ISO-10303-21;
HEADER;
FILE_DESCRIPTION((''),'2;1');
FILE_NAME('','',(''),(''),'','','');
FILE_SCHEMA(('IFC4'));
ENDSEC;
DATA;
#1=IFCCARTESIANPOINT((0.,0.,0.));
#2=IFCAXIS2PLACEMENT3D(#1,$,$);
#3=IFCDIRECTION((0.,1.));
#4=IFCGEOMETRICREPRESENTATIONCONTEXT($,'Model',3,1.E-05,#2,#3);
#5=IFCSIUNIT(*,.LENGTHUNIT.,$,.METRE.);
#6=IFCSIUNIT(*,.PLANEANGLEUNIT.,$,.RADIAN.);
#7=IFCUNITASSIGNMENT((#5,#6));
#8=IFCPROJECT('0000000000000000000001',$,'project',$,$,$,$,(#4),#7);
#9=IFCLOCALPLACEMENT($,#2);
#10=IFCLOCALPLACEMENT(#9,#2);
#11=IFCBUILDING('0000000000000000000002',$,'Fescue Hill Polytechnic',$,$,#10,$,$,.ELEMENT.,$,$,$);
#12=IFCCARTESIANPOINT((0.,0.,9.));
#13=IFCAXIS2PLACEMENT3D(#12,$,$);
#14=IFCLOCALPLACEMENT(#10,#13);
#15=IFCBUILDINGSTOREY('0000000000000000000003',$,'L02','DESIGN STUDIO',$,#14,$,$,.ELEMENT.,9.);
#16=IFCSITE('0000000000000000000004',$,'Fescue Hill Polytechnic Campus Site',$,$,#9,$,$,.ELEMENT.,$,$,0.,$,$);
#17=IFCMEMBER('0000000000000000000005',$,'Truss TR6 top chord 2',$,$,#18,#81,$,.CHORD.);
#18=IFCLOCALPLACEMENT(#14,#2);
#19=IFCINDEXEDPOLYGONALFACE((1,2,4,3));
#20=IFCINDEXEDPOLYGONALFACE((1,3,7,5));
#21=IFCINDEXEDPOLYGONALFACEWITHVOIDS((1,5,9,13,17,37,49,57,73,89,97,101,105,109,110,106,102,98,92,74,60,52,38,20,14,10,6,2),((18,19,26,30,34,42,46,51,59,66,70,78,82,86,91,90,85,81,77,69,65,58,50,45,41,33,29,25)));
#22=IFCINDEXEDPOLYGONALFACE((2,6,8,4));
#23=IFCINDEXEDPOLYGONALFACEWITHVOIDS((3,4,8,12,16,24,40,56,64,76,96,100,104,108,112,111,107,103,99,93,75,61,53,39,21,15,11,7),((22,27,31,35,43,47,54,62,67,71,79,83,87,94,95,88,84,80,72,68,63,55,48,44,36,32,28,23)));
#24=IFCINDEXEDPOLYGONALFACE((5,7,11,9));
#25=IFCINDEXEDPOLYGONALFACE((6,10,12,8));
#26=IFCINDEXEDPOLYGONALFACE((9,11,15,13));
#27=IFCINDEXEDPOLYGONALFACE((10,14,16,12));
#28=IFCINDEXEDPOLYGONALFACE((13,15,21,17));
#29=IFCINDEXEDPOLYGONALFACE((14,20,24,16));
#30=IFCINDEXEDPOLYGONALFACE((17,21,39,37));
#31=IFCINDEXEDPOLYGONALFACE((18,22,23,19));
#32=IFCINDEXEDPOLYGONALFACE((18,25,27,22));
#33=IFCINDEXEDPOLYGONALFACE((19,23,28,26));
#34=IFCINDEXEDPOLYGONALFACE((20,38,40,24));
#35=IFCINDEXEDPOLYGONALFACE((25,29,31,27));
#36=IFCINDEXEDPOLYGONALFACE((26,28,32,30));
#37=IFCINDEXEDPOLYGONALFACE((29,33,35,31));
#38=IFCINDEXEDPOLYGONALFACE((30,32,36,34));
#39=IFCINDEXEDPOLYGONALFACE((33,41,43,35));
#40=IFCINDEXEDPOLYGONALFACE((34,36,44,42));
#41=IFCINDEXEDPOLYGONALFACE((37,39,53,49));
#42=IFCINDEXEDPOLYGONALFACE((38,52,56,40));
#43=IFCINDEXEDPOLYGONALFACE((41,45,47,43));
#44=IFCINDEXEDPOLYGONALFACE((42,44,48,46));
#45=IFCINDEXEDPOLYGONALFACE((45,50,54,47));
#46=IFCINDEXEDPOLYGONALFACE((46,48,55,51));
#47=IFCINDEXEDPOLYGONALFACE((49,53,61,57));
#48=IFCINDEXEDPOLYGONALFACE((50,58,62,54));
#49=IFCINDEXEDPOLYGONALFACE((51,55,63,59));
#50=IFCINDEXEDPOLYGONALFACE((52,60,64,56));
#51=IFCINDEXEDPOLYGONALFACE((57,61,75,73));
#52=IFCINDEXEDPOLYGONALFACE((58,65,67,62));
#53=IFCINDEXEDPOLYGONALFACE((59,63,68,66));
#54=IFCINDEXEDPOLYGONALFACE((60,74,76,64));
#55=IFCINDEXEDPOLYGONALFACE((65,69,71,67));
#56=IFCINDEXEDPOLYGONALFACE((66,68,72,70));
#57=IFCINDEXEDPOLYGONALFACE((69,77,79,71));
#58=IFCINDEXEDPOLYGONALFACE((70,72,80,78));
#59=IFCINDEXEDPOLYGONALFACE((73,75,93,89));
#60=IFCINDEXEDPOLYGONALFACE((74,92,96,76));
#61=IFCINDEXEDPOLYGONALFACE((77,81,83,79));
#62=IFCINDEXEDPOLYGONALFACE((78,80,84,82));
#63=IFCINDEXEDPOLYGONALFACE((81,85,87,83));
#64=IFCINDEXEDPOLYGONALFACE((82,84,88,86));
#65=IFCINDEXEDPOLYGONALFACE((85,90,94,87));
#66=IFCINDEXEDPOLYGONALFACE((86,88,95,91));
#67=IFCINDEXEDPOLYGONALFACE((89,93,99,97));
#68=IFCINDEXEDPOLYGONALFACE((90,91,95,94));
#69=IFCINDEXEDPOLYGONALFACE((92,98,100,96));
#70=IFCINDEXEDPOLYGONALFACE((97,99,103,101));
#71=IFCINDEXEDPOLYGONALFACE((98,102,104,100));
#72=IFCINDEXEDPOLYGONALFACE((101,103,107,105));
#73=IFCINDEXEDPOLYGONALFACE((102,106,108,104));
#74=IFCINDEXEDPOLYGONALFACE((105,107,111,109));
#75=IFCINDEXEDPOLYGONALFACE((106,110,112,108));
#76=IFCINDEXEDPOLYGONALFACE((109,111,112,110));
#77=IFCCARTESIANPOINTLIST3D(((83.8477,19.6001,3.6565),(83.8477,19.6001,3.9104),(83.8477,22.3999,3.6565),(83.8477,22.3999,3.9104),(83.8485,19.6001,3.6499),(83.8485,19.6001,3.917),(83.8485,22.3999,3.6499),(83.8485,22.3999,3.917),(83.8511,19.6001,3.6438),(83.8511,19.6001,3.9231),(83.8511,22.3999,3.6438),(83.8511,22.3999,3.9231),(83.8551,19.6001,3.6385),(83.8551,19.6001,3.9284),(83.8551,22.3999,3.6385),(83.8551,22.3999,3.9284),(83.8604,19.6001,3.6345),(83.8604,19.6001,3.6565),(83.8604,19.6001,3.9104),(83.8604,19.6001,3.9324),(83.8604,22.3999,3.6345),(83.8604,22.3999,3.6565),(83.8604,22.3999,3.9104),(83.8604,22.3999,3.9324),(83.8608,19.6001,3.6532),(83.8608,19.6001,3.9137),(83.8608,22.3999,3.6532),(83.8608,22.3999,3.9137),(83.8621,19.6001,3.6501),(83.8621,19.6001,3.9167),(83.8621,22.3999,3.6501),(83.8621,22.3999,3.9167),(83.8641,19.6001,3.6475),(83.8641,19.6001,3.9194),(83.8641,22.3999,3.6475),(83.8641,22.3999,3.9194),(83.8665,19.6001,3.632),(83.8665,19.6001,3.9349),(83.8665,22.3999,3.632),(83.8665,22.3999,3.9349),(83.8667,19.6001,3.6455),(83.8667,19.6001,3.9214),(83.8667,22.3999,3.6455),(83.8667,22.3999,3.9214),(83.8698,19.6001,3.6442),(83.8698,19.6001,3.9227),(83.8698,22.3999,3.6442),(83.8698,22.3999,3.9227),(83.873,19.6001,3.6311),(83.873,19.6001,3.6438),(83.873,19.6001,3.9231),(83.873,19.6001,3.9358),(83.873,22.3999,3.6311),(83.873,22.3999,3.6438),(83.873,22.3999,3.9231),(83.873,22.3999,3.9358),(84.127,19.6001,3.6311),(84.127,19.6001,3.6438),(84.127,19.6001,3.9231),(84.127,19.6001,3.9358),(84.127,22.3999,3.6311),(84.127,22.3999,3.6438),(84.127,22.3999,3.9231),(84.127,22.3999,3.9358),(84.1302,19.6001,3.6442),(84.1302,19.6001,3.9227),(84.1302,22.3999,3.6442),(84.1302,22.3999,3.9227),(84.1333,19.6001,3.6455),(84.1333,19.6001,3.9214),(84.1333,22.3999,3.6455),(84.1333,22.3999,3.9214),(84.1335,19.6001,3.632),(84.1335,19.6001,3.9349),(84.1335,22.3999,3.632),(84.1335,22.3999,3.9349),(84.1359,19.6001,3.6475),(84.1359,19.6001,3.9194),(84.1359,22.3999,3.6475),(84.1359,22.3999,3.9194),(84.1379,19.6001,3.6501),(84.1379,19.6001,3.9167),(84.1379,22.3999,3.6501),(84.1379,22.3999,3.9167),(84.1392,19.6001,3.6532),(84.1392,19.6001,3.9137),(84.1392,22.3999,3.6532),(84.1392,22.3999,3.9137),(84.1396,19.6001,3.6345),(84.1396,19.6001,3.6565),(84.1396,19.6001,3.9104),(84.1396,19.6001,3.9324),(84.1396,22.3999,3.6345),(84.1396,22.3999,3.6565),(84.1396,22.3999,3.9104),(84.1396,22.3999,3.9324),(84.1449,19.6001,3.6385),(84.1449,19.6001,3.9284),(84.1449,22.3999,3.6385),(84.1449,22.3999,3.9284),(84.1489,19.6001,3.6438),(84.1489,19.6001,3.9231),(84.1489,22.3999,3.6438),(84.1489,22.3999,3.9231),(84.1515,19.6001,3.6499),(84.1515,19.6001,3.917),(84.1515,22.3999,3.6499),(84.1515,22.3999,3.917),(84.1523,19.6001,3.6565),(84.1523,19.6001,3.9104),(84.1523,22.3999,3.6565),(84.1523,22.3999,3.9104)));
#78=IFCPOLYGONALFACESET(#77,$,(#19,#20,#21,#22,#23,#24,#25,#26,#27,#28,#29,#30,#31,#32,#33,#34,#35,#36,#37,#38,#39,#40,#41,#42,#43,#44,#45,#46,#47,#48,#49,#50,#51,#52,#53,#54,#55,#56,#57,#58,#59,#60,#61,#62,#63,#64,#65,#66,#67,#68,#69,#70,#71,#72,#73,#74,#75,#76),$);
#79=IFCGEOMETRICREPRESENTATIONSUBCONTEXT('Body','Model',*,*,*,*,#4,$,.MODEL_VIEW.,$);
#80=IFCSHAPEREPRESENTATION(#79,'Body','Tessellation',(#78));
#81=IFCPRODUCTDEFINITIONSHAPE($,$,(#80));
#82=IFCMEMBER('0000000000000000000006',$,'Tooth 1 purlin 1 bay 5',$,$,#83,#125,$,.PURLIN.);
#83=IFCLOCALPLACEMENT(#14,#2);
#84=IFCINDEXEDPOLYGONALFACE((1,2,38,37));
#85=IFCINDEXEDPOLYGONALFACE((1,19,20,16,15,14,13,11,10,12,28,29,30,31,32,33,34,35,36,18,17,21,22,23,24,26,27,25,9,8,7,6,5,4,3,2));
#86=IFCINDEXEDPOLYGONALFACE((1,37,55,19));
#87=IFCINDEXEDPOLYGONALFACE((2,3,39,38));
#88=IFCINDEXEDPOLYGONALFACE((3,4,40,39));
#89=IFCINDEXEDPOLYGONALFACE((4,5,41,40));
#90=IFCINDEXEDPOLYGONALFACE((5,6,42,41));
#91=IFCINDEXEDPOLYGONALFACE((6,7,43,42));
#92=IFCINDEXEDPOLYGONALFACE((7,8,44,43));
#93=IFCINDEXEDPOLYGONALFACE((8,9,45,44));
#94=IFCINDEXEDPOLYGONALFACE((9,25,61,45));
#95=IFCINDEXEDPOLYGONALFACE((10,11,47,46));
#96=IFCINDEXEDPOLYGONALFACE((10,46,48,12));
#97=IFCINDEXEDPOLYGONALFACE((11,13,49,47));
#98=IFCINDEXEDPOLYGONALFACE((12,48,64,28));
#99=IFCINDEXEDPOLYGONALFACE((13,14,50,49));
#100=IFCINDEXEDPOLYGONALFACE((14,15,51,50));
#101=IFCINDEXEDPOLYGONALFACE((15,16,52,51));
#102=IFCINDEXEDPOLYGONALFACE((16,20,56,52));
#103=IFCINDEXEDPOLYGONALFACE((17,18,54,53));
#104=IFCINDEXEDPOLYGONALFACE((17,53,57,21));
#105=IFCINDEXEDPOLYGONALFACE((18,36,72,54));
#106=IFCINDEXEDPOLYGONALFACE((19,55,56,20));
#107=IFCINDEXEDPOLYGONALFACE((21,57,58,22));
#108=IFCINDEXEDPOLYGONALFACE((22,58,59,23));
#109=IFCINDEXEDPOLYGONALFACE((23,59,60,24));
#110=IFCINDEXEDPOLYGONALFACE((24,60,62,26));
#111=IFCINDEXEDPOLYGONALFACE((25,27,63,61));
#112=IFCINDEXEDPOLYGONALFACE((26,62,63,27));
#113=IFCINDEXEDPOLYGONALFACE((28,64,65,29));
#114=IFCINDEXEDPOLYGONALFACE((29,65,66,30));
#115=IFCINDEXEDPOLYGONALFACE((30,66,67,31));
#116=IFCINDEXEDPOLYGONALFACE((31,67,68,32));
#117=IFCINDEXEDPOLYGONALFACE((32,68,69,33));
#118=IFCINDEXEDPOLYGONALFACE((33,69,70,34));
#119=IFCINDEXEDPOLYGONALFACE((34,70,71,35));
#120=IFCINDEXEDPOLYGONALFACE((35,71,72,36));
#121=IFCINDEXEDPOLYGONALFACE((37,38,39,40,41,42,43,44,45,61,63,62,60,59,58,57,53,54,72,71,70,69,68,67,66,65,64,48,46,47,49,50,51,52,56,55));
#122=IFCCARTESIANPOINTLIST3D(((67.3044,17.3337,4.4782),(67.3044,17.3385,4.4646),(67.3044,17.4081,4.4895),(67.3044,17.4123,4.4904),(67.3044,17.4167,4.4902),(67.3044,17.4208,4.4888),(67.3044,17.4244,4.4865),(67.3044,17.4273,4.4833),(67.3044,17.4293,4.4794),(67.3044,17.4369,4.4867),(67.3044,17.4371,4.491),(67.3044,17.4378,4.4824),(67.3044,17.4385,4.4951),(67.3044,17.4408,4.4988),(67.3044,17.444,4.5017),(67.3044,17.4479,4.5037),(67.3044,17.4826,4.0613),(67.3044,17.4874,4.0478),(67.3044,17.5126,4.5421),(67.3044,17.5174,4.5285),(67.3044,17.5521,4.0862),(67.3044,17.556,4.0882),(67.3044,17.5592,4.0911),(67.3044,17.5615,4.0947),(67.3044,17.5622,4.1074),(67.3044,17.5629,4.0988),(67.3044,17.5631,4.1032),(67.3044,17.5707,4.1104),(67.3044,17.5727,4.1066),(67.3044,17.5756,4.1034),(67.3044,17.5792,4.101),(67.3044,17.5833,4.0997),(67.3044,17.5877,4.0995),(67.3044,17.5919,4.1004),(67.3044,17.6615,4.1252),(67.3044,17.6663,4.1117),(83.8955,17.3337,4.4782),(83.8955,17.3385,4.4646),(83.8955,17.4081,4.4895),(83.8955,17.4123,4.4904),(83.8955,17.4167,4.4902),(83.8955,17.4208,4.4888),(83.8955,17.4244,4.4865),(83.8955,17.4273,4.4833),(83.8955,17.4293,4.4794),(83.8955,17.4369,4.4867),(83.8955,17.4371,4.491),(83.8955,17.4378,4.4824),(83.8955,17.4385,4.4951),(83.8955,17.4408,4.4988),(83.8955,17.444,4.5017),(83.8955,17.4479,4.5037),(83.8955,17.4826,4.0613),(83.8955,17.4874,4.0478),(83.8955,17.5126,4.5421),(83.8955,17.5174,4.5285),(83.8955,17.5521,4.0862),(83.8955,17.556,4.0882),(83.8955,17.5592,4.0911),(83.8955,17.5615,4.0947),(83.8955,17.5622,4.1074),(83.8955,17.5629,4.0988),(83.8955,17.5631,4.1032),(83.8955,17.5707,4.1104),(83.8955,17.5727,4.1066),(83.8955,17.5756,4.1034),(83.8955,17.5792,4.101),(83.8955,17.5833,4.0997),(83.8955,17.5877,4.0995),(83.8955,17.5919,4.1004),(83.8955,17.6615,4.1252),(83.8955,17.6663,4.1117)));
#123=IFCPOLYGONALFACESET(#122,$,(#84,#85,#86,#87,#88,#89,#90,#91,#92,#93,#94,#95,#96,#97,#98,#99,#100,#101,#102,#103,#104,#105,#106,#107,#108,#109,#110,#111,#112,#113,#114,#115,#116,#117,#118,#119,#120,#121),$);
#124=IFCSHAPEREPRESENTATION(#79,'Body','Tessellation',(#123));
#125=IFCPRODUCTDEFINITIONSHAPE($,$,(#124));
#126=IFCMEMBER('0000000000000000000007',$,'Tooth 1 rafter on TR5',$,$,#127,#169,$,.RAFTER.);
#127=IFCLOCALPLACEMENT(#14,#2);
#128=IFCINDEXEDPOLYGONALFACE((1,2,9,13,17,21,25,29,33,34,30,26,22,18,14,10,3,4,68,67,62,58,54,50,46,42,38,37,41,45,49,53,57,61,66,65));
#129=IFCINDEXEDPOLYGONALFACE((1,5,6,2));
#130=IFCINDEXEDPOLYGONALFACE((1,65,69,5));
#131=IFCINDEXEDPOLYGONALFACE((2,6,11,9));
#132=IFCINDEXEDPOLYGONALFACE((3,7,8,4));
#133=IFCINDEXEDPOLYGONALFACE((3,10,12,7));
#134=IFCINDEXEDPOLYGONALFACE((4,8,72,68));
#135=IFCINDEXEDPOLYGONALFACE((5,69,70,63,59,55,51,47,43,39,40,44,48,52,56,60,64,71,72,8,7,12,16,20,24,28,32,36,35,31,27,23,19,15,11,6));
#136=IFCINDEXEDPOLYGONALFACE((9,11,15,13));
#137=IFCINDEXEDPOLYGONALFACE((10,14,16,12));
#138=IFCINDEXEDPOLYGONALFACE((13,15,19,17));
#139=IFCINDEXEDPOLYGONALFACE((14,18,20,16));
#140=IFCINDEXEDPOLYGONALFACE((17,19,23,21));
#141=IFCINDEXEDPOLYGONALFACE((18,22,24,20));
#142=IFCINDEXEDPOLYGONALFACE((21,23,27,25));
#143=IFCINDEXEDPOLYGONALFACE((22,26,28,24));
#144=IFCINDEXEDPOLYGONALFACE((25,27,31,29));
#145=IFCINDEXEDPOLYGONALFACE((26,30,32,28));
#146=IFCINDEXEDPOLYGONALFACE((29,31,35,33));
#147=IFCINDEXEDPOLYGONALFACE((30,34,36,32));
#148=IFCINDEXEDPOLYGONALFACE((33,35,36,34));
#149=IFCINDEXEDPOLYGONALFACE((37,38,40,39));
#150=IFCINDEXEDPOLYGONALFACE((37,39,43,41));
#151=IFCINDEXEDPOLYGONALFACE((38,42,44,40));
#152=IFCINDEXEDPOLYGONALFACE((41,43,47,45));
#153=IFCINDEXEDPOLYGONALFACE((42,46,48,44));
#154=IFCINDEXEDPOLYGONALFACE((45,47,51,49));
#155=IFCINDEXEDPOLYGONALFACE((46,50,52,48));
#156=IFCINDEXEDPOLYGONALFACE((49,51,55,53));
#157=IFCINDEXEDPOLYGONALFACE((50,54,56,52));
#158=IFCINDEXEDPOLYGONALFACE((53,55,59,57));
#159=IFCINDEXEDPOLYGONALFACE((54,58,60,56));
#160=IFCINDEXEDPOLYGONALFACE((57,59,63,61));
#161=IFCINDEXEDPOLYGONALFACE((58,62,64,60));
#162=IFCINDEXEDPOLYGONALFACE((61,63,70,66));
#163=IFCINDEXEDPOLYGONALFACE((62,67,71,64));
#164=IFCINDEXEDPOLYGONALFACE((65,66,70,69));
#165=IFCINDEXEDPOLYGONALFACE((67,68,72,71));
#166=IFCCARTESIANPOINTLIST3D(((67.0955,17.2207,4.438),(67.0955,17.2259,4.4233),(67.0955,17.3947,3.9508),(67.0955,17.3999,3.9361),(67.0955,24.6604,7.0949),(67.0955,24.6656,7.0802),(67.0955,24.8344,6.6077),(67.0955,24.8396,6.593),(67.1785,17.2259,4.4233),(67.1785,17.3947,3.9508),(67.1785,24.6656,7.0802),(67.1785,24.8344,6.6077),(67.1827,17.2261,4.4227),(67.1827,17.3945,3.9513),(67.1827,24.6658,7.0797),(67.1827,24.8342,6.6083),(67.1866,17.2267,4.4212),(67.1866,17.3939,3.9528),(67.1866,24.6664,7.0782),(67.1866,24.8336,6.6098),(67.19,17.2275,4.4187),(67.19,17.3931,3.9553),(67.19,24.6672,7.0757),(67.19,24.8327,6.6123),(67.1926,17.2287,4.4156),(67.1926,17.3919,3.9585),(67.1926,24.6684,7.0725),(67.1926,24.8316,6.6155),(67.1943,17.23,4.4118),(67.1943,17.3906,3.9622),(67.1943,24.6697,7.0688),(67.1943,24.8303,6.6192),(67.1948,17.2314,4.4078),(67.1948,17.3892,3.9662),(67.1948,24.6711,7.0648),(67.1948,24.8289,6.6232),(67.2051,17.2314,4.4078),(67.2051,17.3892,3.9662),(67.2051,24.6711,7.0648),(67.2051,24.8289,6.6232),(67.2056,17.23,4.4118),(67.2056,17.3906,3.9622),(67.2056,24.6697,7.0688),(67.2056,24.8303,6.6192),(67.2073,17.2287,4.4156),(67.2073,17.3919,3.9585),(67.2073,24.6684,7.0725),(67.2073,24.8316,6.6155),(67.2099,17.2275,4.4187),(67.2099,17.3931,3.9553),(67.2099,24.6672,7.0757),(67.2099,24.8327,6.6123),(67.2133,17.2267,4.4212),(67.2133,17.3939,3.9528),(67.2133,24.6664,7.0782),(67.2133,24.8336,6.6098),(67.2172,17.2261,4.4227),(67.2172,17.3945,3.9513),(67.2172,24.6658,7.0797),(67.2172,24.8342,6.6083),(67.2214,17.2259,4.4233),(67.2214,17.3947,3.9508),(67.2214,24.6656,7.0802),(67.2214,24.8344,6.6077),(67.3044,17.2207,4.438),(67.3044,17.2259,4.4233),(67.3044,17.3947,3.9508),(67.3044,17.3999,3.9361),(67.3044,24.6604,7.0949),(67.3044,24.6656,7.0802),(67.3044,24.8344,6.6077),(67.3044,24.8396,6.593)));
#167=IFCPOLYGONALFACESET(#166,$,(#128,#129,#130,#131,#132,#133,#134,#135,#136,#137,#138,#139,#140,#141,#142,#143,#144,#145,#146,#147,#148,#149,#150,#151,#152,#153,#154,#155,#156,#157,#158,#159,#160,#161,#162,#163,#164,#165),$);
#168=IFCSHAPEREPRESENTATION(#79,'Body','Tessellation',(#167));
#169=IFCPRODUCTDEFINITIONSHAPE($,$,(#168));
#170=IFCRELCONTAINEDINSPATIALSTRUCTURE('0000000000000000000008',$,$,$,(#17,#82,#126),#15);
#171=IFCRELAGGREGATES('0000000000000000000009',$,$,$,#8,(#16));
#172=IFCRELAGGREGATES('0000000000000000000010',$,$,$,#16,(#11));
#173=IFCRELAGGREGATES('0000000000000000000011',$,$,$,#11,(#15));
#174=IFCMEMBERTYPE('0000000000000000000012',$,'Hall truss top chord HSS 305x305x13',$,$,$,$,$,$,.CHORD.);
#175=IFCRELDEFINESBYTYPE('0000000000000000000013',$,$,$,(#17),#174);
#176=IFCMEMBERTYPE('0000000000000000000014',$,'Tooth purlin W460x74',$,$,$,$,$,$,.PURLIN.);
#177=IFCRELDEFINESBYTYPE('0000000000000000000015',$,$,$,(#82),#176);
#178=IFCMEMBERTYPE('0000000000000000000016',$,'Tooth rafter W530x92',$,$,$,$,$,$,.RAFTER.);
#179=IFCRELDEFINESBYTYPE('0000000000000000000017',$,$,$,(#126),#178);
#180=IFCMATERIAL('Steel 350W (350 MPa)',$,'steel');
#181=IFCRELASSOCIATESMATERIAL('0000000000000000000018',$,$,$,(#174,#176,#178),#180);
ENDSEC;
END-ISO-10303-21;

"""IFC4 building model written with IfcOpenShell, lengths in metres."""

from ifc_helpers import new_model, si_unit, direction, frame, origin, origin_2d, place, context, subcontext, project, spatial, hollow_rectangle, i_section, extrude, material, material_profile, profile_set, type_object, element, save


model = new_model("IFC4")

# Units and contexts
model_context = context("Model", 3, precision=1e-05, world=origin(), true_north=direction((0.0, 1.0)))
body_context = subcontext(model_context, "Body", "Model", "MODEL_VIEW")
ifc_project = project(units=[si_unit("LENGTHUNIT", "METRE"), si_unit("PLANEANGLEUNIT", "RADIAN")], contexts=[model_context])

# Site, building, storey
site_placement = place(None, origin())
site = spatial("IfcSite", under=ifc_project, at=site_placement, Name="Fescue Hill Polytechnic Campus Site", CompositionType="ELEMENT", RefElevation=0.0)
building_placement = place(site_placement, origin())
building = spatial("IfcBuilding", under=site, at=building_placement, Name="Fescue Hill Polytechnic", CompositionType="ELEMENT")
storey_placement = place(building_placement, frame((0.0, 0.0, 9.0)))
storey = spatial("IfcBuildingStorey", under=building, at=storey_placement, Name="L02", Description="DESIGN STUDIO", CompositionType="ELEMENT", Elevation=9.0)

# Members
ifc_material_1 = material(Name="Steel 350W (350 MPa)", Category="steel")
ifc_material_profile_1 = material_profile(ifc_material_1, hollow_rectangle(XDim=0.3047, YDim=0.3047, WallThickness=0.0127, InnerFilletRadius=0.0127, OuterFilletRadius=0.0254, at=origin_2d()), Name="Hall truss top chord HSS 305x305x13")
ifc_profile_set_1 = profile_set([ifc_material_profile_1], Name="Steel 350W (350 MPa)")
member_type_1 = type_object("IfcMemberType", Name="Hall truss top chord HSS 305x305x13", PredefinedType="CHORD", material=ifc_profile_set_1)
member_1_placement = place(storey_placement, frame((84.0, 19.6001, 3.7834), z_axis=(0.0, 1.0, 0.0), x_axis=(-1.0, 0.0, 0.0)))
element("IfcMember", 1, at=member_1_placement, inside=storey, type_object=member_type_1, Name="Truss TR6 top chord 2", PredefinedType="CHORD", context=body_context, shape_type="SweptSolid", body=[
    extrude(hollow_rectangle(XDim=0.3047, YDim=0.3047, WallThickness=0.0127, InnerFilletRadius=0.0127, OuterFilletRadius=0.0254, at=origin_2d()), origin(), (0.0, 0.0, 1.0), 2.7998),
])
ifc_material_profile_2 = material_profile(ifc_material_1, i_section(OverallWidth=0.1899, OverallDepth=0.457, WebThickness=0.009, FlangeThickness=0.0144, FilletRadius=0.0166, at=origin_2d()), Name="W460x74")
ifc_profile_set_2 = profile_set([ifc_material_profile_2], Name="Steel 350W (350 MPa)")
member_type_2 = type_object("IfcMemberType", Name="Tooth purlin W460x74", PredefinedType="PURLIN", material=ifc_profile_set_2)
member_2_placement = place(storey_placement, frame((67.3044, 17.5, 4.2949), z_axis=(1.0, 0.0, 0.0), x_axis=(0.0, 0.941742, 0.336336)))
element("IfcMember", 2, at=member_2_placement, inside=storey, type_object=member_type_2, Name="Tooth 1 purlin 1 bay 5", PredefinedType="PURLIN", context=body_context, shape_type="SweptSolid", body=[
    extrude(i_section(OverallWidth=0.1899, OverallDepth=0.457, WebThickness=0.009, FlangeThickness=0.0144, FilletRadius=0.0166, at=origin_2d()), origin(), (0.0, 0.0, 1.0), 16.5911),
])
ifc_material_profile_3 = material_profile(ifc_material_1, i_section(OverallWidth=0.209, OverallDepth=0.533, WebThickness=0.0103, FlangeThickness=0.0156, FilletRadius=0.0164, at=origin_2d()), Name="W530x92")
ifc_profile_set_3 = profile_set([ifc_material_profile_3], Name="Steel 350W (350 MPa)")
member_type_3 = type_object("IfcMemberType", Name="Tooth rafter W530x92", PredefinedType="RAFTER", material=ifc_profile_set_3)
for number, where, z_axis, x_axis, name in (
    (3, (67.2, 17.3103, 4.187), (0.0, 0.941744, 0.336331), (-1.0, 0.0, 0.0), "Tooth 1 rafter on TR5"),
):
    element("IfcMember", number, at=place(storey_placement, frame(where, z_axis=z_axis, x_axis=x_axis)), inside=storey, type_object=member_type_3, Name=name, PredefinedType="RAFTER", context=body_context, shape_type="SweptSolid", body=[
        extrude(i_section(OverallWidth=0.209, OverallDepth=0.533, WebThickness=0.0103, FlangeThickness=0.0156, FilletRadius=0.0164, at=origin_2d()), origin(), (0.0, 0.0, 1.0), 7.8999),
    ])

save(model, "model.ifc")
